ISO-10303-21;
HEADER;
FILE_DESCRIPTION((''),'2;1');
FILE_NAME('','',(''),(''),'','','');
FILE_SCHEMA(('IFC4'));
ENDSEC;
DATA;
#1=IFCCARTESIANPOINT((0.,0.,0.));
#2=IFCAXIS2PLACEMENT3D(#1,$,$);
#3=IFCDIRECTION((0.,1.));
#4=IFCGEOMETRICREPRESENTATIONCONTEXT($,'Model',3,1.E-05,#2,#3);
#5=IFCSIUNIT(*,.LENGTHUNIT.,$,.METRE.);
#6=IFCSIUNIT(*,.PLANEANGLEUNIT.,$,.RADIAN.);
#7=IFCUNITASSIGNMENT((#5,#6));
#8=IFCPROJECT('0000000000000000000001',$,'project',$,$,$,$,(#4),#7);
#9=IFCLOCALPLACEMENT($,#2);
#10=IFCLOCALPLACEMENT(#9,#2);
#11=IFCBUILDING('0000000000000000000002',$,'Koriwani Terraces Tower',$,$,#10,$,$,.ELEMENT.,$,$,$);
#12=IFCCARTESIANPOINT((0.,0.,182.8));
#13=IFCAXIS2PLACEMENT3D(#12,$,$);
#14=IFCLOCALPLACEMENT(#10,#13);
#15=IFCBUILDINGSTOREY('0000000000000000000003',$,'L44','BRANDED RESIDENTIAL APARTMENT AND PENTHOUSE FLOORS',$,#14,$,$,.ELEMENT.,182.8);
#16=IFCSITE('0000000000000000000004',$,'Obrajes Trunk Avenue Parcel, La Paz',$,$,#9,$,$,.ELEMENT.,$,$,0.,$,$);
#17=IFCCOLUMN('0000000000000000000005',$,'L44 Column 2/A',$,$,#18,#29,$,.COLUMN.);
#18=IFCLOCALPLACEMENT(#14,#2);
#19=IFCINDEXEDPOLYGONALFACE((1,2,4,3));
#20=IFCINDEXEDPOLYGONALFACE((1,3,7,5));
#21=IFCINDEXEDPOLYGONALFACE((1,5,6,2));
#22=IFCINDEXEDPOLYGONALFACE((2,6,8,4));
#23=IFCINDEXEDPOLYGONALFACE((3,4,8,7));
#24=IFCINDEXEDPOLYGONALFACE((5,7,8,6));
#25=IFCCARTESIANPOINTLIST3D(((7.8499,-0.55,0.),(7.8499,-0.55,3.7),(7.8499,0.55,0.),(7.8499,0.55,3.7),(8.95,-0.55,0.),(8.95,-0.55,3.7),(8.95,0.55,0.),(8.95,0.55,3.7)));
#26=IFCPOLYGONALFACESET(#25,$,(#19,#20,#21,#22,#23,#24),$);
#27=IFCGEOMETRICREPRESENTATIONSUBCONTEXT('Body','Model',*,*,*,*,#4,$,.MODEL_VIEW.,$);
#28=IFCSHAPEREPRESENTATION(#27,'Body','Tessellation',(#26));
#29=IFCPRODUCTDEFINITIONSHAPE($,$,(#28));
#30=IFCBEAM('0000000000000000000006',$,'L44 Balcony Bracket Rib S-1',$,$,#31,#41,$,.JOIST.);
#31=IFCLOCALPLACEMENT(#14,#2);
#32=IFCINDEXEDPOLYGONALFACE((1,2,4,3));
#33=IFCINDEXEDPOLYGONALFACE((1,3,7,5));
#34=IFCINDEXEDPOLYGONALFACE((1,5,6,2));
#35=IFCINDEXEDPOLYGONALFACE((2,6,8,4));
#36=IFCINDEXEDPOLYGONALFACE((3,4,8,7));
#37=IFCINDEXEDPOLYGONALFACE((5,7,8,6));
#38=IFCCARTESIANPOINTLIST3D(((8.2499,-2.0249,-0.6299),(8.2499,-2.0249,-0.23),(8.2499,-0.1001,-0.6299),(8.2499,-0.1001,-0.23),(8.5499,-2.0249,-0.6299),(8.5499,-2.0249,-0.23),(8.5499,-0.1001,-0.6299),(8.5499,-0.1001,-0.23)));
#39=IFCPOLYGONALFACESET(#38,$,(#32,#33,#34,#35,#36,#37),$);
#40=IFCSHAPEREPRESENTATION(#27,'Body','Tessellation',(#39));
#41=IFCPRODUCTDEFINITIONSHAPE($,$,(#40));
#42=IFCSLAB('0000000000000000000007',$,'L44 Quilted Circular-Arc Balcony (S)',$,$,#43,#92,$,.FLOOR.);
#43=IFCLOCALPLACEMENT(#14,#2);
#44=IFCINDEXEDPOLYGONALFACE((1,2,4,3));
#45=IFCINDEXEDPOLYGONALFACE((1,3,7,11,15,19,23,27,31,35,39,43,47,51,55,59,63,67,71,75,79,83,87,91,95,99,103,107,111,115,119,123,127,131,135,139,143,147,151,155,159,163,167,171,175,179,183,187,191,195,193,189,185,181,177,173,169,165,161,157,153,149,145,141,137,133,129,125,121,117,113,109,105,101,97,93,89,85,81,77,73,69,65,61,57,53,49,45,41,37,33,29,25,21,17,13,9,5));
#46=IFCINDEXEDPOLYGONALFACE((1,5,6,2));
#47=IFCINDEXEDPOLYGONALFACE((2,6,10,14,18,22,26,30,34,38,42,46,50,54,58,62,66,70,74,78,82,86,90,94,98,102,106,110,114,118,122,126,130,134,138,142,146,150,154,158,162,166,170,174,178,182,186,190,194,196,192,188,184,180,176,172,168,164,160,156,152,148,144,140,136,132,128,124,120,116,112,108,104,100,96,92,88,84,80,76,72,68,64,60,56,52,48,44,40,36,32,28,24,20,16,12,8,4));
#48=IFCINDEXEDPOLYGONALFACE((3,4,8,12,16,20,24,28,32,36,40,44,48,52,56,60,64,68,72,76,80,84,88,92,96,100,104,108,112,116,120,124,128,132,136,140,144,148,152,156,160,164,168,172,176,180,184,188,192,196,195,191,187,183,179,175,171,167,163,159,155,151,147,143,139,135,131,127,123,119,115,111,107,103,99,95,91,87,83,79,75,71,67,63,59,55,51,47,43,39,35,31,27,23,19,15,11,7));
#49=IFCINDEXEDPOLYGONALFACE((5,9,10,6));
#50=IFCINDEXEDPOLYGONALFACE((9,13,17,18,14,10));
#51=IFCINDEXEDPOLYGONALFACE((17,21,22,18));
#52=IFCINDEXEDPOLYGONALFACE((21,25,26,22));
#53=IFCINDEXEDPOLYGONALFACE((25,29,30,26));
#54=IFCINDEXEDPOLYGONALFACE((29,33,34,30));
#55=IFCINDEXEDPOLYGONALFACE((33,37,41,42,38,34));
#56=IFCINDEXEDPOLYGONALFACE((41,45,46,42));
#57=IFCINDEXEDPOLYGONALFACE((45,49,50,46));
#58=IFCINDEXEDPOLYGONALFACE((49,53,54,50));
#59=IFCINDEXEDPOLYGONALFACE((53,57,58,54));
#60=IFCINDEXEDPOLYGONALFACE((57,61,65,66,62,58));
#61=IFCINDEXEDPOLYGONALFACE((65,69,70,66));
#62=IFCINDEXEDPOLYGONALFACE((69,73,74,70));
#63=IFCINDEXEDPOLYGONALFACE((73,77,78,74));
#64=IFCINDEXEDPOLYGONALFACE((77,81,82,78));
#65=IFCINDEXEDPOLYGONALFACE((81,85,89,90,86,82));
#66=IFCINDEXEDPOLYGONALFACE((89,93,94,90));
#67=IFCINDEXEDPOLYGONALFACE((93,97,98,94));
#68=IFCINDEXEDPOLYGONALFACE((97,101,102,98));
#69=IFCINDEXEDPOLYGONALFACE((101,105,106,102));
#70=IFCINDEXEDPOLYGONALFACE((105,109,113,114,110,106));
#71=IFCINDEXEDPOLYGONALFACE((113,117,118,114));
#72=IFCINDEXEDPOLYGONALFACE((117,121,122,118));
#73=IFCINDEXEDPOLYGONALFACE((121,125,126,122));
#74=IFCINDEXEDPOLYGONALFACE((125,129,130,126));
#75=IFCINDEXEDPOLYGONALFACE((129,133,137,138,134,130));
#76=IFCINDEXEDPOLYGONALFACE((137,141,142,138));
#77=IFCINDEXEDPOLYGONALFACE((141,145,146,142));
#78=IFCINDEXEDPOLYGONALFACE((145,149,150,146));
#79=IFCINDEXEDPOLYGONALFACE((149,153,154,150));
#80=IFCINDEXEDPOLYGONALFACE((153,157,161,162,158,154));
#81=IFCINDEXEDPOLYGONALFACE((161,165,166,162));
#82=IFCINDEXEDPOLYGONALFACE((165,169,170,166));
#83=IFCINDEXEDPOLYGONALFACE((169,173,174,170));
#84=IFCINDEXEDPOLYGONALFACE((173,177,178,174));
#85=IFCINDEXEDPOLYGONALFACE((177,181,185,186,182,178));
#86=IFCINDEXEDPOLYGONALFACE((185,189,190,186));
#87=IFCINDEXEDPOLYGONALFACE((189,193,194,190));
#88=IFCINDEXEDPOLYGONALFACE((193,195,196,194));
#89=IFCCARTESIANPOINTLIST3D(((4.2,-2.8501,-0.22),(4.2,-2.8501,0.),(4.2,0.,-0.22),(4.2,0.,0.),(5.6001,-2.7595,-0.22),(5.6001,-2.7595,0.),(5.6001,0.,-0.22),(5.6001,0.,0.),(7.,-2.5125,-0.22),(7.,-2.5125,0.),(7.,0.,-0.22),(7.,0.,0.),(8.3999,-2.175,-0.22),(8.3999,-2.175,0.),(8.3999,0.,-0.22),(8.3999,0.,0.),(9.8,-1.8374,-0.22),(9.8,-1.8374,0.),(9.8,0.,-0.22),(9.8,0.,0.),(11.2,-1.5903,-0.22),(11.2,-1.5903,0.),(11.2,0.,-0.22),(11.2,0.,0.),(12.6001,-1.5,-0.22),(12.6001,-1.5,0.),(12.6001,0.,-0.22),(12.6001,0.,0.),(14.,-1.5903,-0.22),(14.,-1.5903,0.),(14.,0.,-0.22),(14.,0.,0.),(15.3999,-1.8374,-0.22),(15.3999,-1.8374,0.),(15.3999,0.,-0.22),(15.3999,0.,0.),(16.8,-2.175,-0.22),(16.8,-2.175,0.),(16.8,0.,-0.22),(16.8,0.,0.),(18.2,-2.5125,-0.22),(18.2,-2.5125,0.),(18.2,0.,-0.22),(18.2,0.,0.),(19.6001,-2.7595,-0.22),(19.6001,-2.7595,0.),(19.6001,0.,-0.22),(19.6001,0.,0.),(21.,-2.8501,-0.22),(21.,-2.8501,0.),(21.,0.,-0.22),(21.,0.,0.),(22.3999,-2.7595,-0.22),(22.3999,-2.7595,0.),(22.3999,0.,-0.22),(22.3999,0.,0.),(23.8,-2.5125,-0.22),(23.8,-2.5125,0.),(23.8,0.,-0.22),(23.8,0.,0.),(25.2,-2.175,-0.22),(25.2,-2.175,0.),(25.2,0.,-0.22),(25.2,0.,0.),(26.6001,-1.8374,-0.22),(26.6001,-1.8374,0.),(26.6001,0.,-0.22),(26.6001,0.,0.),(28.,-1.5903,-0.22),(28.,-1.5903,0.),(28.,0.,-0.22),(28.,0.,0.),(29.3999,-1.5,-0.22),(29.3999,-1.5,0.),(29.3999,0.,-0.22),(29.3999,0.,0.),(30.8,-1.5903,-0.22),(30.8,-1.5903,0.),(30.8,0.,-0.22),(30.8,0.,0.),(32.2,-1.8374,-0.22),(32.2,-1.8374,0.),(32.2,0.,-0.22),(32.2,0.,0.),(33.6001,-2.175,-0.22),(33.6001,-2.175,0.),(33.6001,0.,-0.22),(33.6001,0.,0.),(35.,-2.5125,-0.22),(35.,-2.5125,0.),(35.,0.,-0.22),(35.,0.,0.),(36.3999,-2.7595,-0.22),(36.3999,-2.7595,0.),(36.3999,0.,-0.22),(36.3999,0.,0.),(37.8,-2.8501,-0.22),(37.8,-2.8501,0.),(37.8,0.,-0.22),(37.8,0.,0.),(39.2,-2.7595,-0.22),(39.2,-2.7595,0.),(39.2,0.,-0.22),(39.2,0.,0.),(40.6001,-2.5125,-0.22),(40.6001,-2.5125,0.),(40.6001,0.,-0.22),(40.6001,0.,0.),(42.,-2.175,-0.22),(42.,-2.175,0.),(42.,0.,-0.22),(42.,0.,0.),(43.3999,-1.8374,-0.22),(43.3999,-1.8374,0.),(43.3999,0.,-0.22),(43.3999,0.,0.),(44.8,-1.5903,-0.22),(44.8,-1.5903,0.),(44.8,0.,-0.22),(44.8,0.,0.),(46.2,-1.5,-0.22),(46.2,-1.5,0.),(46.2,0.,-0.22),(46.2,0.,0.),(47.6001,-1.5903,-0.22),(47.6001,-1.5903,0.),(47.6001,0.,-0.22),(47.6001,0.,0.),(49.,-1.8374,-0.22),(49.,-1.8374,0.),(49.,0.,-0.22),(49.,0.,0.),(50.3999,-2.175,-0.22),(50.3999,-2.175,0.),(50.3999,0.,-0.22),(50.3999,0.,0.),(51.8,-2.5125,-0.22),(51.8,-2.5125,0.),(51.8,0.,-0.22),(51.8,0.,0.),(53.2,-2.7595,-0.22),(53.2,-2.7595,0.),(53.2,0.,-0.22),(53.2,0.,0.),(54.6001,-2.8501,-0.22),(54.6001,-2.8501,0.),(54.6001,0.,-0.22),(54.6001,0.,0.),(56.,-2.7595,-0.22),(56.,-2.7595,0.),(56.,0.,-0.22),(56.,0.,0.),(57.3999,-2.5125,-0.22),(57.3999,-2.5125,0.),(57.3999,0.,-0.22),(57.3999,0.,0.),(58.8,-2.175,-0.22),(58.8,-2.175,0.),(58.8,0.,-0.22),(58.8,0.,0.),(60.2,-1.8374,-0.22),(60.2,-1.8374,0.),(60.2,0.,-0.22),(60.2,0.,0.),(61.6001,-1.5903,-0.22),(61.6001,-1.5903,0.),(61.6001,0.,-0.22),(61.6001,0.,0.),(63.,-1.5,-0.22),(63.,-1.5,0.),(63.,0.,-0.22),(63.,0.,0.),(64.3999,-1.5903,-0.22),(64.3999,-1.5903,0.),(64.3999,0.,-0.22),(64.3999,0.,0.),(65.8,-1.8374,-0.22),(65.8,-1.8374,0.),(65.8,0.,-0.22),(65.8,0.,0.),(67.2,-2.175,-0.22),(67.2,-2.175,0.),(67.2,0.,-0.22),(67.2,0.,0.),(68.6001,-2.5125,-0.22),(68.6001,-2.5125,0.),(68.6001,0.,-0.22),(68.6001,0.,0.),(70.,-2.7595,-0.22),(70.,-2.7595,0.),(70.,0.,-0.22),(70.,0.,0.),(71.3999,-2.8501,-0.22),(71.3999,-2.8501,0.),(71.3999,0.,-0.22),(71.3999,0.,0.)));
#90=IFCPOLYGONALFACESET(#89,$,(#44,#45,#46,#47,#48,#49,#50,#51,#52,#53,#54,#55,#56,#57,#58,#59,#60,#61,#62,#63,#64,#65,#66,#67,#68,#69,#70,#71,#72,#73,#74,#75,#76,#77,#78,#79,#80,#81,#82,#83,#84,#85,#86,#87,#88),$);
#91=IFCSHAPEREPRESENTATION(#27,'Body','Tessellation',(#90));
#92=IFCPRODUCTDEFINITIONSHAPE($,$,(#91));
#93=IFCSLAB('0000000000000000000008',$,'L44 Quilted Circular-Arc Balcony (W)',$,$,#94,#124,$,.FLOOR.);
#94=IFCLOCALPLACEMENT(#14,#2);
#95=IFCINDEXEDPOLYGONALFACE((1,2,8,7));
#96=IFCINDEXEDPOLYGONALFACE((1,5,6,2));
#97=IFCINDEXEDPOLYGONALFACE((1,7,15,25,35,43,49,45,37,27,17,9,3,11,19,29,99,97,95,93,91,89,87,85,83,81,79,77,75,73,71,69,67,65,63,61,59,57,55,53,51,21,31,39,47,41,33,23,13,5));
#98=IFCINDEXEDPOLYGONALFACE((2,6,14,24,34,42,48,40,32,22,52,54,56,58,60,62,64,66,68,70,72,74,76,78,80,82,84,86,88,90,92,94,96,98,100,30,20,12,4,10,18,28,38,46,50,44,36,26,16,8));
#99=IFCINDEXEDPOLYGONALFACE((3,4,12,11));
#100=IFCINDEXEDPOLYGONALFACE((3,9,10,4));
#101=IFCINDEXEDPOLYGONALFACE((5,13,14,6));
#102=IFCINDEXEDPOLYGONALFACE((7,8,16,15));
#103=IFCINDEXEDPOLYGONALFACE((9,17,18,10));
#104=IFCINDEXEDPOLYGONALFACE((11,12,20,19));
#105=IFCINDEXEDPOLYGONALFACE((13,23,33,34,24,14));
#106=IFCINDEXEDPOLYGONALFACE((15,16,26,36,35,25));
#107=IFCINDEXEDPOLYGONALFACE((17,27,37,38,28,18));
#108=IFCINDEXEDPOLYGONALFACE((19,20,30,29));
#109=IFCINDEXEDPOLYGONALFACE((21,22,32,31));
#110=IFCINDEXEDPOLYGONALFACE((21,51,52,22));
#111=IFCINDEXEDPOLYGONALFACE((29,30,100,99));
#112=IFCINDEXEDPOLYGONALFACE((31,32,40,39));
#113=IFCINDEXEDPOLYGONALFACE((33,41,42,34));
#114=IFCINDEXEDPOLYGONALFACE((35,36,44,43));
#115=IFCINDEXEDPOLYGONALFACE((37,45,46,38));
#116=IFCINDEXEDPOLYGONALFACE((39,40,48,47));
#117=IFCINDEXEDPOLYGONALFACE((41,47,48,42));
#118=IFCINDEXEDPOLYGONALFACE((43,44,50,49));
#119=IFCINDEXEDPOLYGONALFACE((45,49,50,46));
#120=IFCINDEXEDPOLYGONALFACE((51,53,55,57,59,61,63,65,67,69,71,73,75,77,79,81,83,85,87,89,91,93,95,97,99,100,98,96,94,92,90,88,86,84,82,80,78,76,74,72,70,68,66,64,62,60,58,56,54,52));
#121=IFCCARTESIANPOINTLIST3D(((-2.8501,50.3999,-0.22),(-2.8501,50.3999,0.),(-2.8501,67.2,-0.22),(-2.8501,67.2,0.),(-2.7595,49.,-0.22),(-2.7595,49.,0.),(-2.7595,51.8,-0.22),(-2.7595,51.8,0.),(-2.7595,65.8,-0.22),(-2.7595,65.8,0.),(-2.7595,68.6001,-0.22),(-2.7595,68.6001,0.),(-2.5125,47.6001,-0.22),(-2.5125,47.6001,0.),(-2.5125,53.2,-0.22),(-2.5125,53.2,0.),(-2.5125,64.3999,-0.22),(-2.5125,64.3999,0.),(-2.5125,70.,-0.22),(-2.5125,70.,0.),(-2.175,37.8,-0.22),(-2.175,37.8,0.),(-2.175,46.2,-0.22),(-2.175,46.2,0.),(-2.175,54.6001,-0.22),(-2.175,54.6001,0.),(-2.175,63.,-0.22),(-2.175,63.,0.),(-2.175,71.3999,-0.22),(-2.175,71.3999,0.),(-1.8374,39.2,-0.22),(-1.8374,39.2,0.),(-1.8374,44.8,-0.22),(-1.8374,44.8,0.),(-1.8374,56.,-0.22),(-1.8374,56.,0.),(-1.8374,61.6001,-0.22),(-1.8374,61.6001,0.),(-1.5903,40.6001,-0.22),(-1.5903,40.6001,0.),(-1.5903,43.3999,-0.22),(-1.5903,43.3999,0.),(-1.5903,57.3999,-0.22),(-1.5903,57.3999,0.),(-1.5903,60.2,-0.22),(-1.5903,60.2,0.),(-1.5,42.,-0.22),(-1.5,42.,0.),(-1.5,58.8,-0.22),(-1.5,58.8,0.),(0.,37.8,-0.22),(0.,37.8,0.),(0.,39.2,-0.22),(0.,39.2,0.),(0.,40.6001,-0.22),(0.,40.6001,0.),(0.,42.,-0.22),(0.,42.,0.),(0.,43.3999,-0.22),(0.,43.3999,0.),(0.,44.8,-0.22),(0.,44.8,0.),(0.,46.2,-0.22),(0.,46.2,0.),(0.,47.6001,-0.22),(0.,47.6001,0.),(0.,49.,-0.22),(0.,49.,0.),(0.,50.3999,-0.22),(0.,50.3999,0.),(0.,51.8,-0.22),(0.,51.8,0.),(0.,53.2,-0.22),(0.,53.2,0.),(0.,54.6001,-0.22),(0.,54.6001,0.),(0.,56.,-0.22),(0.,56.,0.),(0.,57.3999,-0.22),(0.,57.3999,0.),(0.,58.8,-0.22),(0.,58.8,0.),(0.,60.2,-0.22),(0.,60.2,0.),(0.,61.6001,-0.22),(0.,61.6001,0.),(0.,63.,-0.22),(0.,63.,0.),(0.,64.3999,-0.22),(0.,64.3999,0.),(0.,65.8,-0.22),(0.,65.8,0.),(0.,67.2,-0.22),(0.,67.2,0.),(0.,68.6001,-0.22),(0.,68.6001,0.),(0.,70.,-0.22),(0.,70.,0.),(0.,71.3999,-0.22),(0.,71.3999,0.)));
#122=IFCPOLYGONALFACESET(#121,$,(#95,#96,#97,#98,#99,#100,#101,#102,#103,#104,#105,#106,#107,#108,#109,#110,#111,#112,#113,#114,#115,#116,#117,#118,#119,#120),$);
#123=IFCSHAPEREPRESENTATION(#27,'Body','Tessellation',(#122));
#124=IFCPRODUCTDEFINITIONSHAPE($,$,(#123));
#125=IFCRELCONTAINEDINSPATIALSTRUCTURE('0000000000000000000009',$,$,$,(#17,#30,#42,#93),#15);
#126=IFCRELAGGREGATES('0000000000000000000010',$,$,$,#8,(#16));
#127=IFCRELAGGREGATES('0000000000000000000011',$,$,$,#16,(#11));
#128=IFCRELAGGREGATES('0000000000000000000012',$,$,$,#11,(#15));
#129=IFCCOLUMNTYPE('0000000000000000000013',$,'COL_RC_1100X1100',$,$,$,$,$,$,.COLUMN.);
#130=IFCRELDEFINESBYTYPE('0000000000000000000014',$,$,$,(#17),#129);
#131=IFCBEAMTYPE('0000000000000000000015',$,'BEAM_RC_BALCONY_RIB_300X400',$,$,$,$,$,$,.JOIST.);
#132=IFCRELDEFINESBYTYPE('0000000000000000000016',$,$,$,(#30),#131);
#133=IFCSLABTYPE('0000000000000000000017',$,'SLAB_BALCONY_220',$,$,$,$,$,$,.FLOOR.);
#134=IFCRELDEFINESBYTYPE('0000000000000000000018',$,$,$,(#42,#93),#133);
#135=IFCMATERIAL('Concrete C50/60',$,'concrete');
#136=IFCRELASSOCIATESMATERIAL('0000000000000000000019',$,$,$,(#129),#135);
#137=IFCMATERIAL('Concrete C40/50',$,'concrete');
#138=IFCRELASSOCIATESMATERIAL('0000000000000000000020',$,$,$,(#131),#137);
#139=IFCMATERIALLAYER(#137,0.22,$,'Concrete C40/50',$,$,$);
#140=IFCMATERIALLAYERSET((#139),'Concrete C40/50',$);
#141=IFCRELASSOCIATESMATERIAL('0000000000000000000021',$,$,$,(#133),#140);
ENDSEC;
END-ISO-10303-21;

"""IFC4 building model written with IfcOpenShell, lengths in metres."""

from ifc_helpers import new_model, si_unit, direction, frame, origin, origin_2d, place, context, subcontext, project, spatial, polyline, rectangle, outline, extrude, material, layer, layer_set, material_profile, profile_set, type_object, element, save


model = new_model("IFC4")

# Units and contexts
model_context = context("Model", 3, precision=1e-05, world=origin(), true_north=direction((0.0, 1.0)))
body_context = subcontext(model_context, "Body", "Model", "MODEL_VIEW")
ifc_project = project(units=[si_unit("LENGTHUNIT", "METRE"), si_unit("PLANEANGLEUNIT", "RADIAN")], contexts=[model_context])

# Site, building, storey
site_placement = place(None, origin())
site = spatial("IfcSite", under=ifc_project, at=site_placement, Name="Obrajes Trunk Avenue Parcel, La Paz", CompositionType="ELEMENT", RefElevation=0.0)
building_placement = place(site_placement, origin())
building = spatial("IfcBuilding", under=site, at=building_placement, Name="Koriwani Terraces Tower", CompositionType="ELEMENT")
storey_placement = place(building_placement, frame((0.0, 0.0, 182.8)))
storey = spatial("IfcBuildingStorey", under=building, at=storey_placement, Name="L44", Description="BRANDED RESIDENTIAL APARTMENT AND PENTHOUSE FLOORS", CompositionType="ELEMENT", Elevation=182.8)

# Column
ifc_material_1 = material(Name="Concrete C50/60", Category="concrete")
ifc_material_profile_1 = material_profile(ifc_material_1, rectangle(XDim=1.1001, YDim=1.1001, at=origin_2d()), Name="Concrete C50/60", Category="LoadBearing")
ifc_profile_set_1 = profile_set([ifc_material_profile_1], Name="Concrete C50/60")
column_type = type_object("IfcColumnType", Name="COL_RC_1100X1100", PredefinedType="COLUMN", material=ifc_profile_set_1)
column_placement = place(storey_placement, frame((8.3999, 0.0, 0.0), z_axis=(0.0, 0.0, 1.0), x_axis=(1.0, 0.0, 0.0)))
element("IfcColumn", 1, at=column_placement, inside=storey, type_object=column_type, Name="L44 Column 2/A", PredefinedType="COLUMN", context=body_context, shape_type="SweptSolid", body=[
    extrude(rectangle(XDim=1.1001, YDim=1.1001, at=origin_2d()), origin(), (0.0, 0.0, 1.0), 3.7),
])

# Beam
ifc_material_2 = material(Name="Concrete C40/50", Category="concrete")
ifc_material_profile_2 = material_profile(ifc_material_2, rectangle(XDim=0.3, YDim=0.3999, at=origin_2d()), Name="Concrete C40/50", Category="LoadBearing")
ifc_profile_set_2 = profile_set([ifc_material_profile_2], Name="Concrete C40/50")
beam_type = type_object("IfcBeamType", Name="BEAM_RC_BALCONY_RIB_300X400", PredefinedType="JOIST", material=ifc_profile_set_2)
beam_placement = place(storey_placement, frame((8.3999, -2.0249, -0.4299), z_axis=(0.0, 1.0, 0.0), x_axis=(-1.0, 0.0, 0.0)))
element("IfcBeam", 2, at=beam_placement, inside=storey, type_object=beam_type, Name="L44 Balcony Bracket Rib S-1", PredefinedType="JOIST", context=body_context, shape_type="SweptSolid", body=[
    extrude(rectangle(XDim=0.3, YDim=0.3999, at=origin_2d()), origin(), (0.0, 0.0, 1.0), 1.9248),
])

# Slabs
ifc_layer_1 = layer(ifc_material_2, 0.22, Name="Concrete C40/50")
ifc_layer_set_1 = layer_set([ifc_layer_1], Name="Concrete C40/50")
slab_type_1 = type_object("IfcSlabType", Name="SLAB_BALCONY_220", PredefinedType="FLOOR", material=ifc_layer_set_1)
slab_1_placement = place(storey_placement, frame((0.0, 0.0, -0.22)))
element("IfcSlab", 3, at=slab_1_placement, inside=storey, type_object=slab_type_1, Name="L44 Quilted Circular-Arc Balcony (S)", PredefinedType="FLOOR", context=body_context, shape_type="SweptSolid", body=[
    extrude(outline(polyline([(4.2, 0.0), (5.6001, 0.0), (7.0, 0.0), (8.3999, 0.0), (9.8, 0.0), (11.2, 0.0), (12.6001, 0.0), (14.0, 0.0), (15.3999, 0.0), (16.8, 0.0), (18.2, 0.0), (19.6001, 0.0), (21.0, 0.0), (22.3999, 0.0), (23.8, 0.0), (25.2, 0.0), (26.6001, 0.0), (28.0, 0.0), (29.3999, 0.0), (30.8, 0.0), (32.2, 0.0), (33.6001, 0.0), (35.0, 0.0), (36.3999, 0.0), (37.8, 0.0), (39.2, 0.0), (40.6001, 0.0), (42.0, 0.0), (43.3999, 0.0), (44.8, 0.0), (46.2, 0.0), (47.6001, 0.0), (49.0, 0.0), (50.3999, 0.0), (51.8, 0.0), (53.2, 0.0), (54.6001, 0.0), (56.0, 0.0), (57.3999, 0.0), (58.8, 0.0), (60.2, 0.0), (61.6001, 0.0), (63.0, 0.0), (64.3999, 0.0), (65.8, 0.0), (67.2, 0.0), (68.6001, 0.0), (70.0, 0.0), (71.3999, 0.0), (71.3999, -2.8501), (70.0, -2.7595), (68.6001, -2.5125), (67.2, -2.175), (65.8, -1.8374), (64.3999, -1.5903), (63.0, -1.5), (61.6001, -1.5903), (60.2, -1.8374), (58.8, -2.175), (57.3999, -2.5125), (56.0, -2.7595), (54.6001, -2.8501), (53.2, -2.7595), (51.8, -2.5125), (50.3999, -2.175), (49.0, -1.8374), (47.6001, -1.5903), (46.2, -1.5), (44.8, -1.5903), (43.3999, -1.8374), (42.0, -2.175), (40.6001, -2.5125), (39.2, -2.7595), (37.8, -2.8501), (36.3999, -2.7595), (35.0, -2.5125), (33.6001, -2.175), (32.2, -1.8374), (30.8, -1.5903), (29.3999, -1.5), (28.0, -1.5903), (26.6001, -1.8374), (25.2, -2.175), (23.8, -2.5125), (22.3999, -2.7595), (21.0, -2.8501), (19.6001, -2.7595), (18.2, -2.5125), (16.8, -2.175), (15.3999, -1.8374), (14.0, -1.5903), (12.6001, -1.5), (11.2, -1.5903), (9.8, -1.8374), (8.3999, -2.175), (7.0, -2.5125), (5.6001, -2.7595), (4.2, -2.8501), (4.2, 0.0)])), origin(), (0.0, 0.0, 1.0), 0.22),
])
slab_2_placement = place(storey_placement, frame((0.0, 0.0, -0.22)))
element("IfcSlab", 4, at=slab_2_placement, inside=storey, type_object=slab_type_1, Name="L44 Quilted Circular-Arc Balcony (W)", PredefinedType="FLOOR", context=body_context, shape_type="SweptSolid", body=[
    extrude(outline(polyline([(0.0, 37.8), (0.0, 39.2), (0.0, 40.6001), (0.0, 42.0), (0.0, 43.3999), (0.0, 44.8), (0.0, 46.2), (0.0, 47.6001), (0.0, 49.0), (0.0, 50.3999), (0.0, 51.8), (0.0, 53.2), (0.0, 54.6001), (0.0, 56.0), (0.0, 57.3999), (0.0, 58.8), (0.0, 60.2), (0.0, 61.6001), (0.0, 63.0), (0.0, 64.3999), (0.0, 65.8), (0.0, 67.2), (0.0, 68.6001), (0.0, 70.0), (0.0, 71.3999), (-2.175, 71.3999), (-2.5125, 70.0), (-2.7595, 68.6001), (-2.8501, 67.2), (-2.7595, 65.8), (-2.5125, 64.3999), (-2.175, 63.0), (-1.8374, 61.6001), (-1.5903, 60.2), (-1.5, 58.8), (-1.5903, 57.3999), (-1.8374, 56.0), (-2.175, 54.6001), (-2.5125, 53.2), (-2.7595, 51.8), (-2.8501, 50.3999), (-2.7595, 49.0), (-2.5125, 47.6001), (-2.175, 46.2), (-1.8374, 44.8), (-1.5903, 43.3999), (-1.5, 42.0), (-1.5903, 40.6001), (-1.8374, 39.2), (-2.175, 37.8), (0.0, 37.8)])), origin(), (0.0, 0.0, 1.0), 0.22),
])

save(model, "model.ifc")
